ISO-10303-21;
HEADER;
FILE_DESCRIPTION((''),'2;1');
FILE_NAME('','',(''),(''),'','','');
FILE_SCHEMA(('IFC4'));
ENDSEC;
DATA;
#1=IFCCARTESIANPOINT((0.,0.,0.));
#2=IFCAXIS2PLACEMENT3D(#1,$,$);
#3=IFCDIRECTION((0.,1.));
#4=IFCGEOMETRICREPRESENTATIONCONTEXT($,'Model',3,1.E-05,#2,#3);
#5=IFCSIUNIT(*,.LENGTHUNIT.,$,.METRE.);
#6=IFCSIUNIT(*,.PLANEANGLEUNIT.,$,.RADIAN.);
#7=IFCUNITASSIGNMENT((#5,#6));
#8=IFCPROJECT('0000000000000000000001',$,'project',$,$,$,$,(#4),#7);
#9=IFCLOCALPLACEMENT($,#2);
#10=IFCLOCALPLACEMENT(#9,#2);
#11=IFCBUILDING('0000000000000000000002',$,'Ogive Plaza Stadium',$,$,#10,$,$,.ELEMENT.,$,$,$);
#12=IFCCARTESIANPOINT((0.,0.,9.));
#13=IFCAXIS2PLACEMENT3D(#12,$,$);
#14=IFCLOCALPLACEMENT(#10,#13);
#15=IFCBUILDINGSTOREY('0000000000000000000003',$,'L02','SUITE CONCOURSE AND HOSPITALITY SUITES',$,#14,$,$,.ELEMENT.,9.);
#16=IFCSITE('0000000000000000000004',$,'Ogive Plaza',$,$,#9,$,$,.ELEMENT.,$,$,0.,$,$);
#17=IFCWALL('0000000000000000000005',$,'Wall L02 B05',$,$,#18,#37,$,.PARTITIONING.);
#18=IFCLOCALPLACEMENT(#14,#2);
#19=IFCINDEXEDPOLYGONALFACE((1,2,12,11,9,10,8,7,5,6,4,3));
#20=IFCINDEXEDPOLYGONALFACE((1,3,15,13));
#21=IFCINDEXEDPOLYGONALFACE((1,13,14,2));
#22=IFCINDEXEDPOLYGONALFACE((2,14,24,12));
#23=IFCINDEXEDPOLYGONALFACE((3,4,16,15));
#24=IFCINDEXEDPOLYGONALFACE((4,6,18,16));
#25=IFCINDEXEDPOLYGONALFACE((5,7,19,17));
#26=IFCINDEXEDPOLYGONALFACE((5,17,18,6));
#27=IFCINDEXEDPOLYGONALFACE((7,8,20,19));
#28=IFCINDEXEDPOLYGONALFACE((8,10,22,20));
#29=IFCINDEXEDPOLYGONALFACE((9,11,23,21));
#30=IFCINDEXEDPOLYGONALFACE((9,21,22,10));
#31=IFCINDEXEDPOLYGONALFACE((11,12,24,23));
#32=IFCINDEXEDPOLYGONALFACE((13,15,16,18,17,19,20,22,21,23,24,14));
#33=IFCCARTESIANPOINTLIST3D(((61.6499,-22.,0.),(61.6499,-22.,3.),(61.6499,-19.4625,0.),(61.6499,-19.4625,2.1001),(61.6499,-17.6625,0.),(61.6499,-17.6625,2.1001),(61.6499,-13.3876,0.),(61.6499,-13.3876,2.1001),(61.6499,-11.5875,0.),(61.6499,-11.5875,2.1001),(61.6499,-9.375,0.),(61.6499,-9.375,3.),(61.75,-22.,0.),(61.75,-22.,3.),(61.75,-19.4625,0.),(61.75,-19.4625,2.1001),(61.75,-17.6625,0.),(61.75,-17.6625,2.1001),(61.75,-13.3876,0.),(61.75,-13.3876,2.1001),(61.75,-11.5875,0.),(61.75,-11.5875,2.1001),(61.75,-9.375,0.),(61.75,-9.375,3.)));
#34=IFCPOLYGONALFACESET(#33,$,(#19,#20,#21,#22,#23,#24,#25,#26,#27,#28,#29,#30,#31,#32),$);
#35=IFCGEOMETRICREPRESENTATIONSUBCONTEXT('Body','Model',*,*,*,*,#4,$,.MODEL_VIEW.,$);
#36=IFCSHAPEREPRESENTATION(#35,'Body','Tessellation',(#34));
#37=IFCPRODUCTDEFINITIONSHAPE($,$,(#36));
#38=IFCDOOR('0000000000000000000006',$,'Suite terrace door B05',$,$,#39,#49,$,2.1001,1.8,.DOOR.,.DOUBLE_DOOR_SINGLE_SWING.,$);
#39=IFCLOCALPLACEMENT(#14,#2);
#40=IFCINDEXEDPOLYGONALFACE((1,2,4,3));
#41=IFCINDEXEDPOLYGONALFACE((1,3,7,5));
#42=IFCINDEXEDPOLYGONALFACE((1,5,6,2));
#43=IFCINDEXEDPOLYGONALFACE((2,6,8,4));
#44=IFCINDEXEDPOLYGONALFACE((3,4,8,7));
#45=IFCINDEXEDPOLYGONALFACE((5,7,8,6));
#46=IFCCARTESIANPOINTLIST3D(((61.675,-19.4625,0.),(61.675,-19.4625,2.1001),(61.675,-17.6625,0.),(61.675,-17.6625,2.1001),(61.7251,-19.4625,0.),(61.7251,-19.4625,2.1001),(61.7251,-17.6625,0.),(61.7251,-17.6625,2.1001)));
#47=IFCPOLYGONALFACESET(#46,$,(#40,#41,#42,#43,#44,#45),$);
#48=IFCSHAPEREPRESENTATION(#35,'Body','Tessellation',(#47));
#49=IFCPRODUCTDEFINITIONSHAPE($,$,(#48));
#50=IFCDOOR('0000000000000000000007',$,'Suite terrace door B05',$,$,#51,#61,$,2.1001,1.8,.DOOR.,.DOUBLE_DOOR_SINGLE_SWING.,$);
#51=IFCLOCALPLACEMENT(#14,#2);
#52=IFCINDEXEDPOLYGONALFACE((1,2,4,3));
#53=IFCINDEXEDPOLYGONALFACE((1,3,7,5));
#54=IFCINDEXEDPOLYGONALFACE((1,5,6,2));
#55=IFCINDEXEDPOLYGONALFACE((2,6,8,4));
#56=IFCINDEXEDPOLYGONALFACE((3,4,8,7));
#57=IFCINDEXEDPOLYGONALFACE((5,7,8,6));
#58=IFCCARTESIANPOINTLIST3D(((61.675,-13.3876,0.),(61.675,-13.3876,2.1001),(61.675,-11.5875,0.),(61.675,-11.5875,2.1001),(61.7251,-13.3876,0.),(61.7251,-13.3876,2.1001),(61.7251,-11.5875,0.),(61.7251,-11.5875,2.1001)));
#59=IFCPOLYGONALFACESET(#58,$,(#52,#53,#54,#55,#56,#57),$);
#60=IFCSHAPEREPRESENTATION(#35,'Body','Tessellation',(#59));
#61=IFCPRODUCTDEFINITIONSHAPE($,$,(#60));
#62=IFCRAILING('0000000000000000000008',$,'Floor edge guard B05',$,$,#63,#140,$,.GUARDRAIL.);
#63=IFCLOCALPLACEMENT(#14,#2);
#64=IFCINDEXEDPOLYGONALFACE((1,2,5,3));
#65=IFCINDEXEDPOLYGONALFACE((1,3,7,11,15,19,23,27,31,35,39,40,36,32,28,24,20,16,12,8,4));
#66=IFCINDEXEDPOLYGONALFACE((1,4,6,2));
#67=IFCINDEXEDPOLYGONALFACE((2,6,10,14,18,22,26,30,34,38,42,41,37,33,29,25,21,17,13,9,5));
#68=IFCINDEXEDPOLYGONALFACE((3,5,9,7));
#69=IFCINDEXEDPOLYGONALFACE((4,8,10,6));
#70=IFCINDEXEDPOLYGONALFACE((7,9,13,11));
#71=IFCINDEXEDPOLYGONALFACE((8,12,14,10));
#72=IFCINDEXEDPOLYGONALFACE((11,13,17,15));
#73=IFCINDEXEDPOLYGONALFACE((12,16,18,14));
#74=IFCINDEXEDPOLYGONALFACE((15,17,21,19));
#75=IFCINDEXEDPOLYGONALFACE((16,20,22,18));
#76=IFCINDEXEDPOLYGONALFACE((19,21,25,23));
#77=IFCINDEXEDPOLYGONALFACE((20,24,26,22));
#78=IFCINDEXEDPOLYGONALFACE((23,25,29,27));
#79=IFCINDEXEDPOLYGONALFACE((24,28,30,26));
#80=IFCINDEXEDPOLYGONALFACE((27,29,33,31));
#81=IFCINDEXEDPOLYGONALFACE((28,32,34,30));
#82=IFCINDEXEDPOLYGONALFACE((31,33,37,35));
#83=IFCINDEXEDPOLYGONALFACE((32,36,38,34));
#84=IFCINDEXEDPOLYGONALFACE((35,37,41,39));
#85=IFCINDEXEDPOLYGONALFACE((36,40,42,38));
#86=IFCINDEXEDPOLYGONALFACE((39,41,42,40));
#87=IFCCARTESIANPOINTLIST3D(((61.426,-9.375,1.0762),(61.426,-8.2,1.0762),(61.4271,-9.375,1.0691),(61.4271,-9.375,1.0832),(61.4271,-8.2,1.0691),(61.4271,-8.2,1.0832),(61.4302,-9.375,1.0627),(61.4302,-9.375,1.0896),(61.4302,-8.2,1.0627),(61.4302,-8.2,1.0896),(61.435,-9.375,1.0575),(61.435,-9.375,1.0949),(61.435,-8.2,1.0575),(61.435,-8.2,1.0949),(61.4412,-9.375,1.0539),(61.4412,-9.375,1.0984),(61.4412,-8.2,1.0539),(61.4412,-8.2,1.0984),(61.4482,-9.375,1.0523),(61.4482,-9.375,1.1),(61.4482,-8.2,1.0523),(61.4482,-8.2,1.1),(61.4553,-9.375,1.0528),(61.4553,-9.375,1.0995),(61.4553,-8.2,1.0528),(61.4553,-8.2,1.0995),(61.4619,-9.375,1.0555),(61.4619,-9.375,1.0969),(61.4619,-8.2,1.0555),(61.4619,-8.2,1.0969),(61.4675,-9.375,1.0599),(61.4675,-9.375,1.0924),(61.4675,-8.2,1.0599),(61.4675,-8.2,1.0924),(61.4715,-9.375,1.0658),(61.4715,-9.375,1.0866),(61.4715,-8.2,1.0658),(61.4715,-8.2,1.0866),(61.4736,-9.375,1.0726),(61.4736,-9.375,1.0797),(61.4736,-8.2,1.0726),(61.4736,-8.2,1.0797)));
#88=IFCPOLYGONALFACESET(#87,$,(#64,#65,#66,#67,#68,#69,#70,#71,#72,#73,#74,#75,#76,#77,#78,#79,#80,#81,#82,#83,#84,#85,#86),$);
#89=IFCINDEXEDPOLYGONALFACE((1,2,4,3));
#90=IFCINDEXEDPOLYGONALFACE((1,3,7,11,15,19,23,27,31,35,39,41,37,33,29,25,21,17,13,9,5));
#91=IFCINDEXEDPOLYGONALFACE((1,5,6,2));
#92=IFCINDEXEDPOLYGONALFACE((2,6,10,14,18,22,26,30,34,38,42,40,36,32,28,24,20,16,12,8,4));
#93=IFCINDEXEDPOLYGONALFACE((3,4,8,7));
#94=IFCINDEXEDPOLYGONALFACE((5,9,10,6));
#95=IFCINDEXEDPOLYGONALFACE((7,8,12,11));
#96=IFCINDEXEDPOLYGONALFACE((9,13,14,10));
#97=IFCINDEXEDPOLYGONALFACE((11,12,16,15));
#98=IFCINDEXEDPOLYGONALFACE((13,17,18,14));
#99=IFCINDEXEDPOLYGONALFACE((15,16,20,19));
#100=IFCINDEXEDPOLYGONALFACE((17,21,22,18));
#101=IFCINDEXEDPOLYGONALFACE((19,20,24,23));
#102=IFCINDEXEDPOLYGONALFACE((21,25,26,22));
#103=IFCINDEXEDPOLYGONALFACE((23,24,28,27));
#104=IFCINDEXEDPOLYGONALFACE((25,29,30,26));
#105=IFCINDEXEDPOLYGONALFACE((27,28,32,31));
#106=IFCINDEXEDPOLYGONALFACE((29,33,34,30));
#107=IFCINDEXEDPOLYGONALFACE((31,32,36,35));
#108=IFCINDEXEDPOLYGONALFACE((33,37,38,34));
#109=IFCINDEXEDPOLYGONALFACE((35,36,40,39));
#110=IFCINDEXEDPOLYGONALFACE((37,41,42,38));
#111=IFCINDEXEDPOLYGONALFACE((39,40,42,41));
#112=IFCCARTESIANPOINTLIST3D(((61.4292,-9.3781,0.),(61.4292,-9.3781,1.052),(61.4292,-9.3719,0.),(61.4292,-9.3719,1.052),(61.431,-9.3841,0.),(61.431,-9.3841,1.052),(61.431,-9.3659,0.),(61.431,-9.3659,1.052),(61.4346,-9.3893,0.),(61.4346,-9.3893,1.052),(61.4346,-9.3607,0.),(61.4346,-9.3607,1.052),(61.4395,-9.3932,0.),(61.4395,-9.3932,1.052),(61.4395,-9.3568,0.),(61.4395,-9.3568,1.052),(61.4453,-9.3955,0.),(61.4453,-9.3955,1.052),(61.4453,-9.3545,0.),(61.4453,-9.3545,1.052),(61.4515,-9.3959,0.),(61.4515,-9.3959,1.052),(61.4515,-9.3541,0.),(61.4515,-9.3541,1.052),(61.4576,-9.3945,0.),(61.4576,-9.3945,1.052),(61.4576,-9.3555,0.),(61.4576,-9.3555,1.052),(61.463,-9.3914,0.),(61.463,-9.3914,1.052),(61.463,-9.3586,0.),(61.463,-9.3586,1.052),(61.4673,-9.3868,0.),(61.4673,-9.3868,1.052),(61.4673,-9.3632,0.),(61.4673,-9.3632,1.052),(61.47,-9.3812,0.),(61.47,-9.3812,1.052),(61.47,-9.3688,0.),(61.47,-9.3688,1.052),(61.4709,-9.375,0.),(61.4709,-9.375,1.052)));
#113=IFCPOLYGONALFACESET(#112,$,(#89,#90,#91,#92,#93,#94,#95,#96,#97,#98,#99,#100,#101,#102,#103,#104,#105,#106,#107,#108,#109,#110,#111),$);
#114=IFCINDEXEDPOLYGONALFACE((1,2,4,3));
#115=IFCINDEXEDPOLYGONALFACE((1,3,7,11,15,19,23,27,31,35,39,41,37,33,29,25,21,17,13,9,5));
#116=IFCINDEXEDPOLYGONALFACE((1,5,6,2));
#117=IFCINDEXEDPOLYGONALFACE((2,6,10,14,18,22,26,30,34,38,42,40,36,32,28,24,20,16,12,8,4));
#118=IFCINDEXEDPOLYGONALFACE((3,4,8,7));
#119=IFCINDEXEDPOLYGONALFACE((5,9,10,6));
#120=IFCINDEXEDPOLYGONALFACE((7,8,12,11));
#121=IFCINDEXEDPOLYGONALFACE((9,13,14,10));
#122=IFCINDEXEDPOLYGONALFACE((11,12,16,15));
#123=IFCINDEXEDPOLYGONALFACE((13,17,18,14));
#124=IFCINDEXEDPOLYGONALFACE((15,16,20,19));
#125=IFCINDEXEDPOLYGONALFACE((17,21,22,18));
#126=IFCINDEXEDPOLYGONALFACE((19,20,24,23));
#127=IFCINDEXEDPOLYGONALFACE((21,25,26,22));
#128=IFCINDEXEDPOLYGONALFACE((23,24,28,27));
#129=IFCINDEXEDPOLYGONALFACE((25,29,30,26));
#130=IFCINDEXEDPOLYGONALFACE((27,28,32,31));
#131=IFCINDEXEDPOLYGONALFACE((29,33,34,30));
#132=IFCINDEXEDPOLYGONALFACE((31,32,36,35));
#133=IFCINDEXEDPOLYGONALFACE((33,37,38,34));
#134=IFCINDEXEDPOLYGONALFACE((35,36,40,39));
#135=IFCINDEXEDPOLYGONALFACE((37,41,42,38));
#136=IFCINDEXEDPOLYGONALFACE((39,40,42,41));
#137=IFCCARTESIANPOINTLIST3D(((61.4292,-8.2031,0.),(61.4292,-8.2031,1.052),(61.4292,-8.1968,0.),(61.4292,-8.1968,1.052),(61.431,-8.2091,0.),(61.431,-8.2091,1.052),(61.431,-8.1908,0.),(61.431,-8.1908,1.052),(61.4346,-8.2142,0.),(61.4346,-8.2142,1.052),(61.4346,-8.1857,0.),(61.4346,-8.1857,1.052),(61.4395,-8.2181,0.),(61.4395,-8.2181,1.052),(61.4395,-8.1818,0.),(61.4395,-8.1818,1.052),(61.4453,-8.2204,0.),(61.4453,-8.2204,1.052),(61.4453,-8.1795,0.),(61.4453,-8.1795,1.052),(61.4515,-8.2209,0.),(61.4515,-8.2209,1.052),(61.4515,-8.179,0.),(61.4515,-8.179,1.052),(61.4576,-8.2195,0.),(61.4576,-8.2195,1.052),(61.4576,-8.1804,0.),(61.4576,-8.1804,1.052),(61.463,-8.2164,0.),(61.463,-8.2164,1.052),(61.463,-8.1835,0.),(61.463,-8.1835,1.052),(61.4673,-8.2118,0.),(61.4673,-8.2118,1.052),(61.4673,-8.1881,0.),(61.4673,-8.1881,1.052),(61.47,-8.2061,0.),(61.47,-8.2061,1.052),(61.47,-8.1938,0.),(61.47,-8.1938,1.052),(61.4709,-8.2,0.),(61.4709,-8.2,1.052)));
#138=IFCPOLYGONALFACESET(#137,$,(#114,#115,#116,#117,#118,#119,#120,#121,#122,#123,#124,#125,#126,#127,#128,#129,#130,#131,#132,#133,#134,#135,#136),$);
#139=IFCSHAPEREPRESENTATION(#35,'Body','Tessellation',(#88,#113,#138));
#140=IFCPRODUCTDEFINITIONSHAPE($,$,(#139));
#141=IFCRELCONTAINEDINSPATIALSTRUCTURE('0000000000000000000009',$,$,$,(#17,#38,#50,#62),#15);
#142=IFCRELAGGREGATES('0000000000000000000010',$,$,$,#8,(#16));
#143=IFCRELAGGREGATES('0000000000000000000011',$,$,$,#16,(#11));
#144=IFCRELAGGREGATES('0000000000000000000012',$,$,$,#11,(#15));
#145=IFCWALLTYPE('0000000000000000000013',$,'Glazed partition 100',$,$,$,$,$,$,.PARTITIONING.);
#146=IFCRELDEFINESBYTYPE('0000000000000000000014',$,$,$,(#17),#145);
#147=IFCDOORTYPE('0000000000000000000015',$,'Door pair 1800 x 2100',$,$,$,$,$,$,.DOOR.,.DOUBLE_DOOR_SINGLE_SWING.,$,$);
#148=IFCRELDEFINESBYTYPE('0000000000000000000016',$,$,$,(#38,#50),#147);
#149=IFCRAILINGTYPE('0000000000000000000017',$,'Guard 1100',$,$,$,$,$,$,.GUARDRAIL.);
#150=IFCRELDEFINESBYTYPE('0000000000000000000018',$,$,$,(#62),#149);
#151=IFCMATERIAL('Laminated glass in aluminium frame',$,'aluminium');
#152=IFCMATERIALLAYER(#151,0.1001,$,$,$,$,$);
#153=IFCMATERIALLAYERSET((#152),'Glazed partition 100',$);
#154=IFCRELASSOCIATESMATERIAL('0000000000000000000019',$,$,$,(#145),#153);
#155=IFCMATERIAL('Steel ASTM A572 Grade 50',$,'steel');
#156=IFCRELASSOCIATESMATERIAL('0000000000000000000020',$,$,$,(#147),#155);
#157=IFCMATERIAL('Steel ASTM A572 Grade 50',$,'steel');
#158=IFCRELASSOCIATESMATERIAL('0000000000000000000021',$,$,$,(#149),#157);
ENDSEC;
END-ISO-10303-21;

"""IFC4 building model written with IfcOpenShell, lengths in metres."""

from ifc_helpers import new_model, si_unit, direction, frame, frame_2d, origin, origin_2d, place, context, subcontext, project, spatial, rectangle, circle, extrude, material, layer, layer_set, type_object, element, fill, save


model = new_model("IFC4")

# Units and contexts
model_context = context("Model", 3, precision=1e-05, world=origin(), true_north=direction((0.0, 1.0)))
body_context = subcontext(model_context, "Body", "Model", "MODEL_VIEW")
ifc_project = project(units=[si_unit("LENGTHUNIT", "METRE"), si_unit("PLANEANGLEUNIT", "RADIAN")], contexts=[model_context])

# Site, building, storey
site_placement = place(None, origin())
site = spatial("IfcSite", under=ifc_project, at=site_placement, Name="Ogive Plaza", CompositionType="ELEMENT", RefElevation=0.0)
building_placement = place(site_placement, origin())
building = spatial("IfcBuilding", under=site, at=building_placement, Name="Ogive Plaza Stadium", CompositionType="ELEMENT")
storey_placement = place(building_placement, frame((0.0, 0.0, 9.0)))
storey = spatial("IfcBuildingStorey", under=building, at=storey_placement, Name="L02", Description="SUITE CONCOURSE AND HOSPITALITY SUITES", CompositionType="ELEMENT", Elevation=9.0)

# Wall, openings, doors
ifc_material_1 = material(Name="Laminated glass in aluminium frame", Category="aluminium")
ifc_layer_1 = layer(ifc_material_1, 0.1001)
ifc_layer_set_1 = layer_set([ifc_layer_1], Name="Glazed partition 100")
wall_type_1 = type_object("IfcWallType", Name="Glazed partition 100", PredefinedType="PARTITIONING", material=ifc_layer_set_1)
wall_1_placement = place(storey_placement, frame((61.7, -22.0, 0.0), z_axis=(0.0, 0.0, 1.0), x_axis=(0.0, 1.0, 0.0)))
wall_1 = element("IfcWall", 1, at=wall_1_placement, inside=storey, type_object=wall_type_1, Name="Wall L02 B05", PredefinedType="PARTITIONING", context=body_context, shape_type="SweptSolid", body=[
    extrude(rectangle(XDim=12.625, YDim=0.1001, at=frame_2d((6.3125, 0.0))), origin(), (0.0, 0.0, 1.0), 3.0),
])
opening_1_placement = place(wall_1_placement, frame((2.5376, 0.0, 0.0)))
opening_1 = element("IfcOpeningElement", 2, at=opening_1_placement, cuts=wall_1, PredefinedType="OPENING", context=body_context, shape_type="SweptSolid", body=[
    extrude(rectangle(XDim=1.8, YDim=2.1001, at=frame_2d((0.8999, 1.05))), frame((0.0, 0.05, 0.0), z_axis=(0.0, -1.0, 0.0), x_axis=(1.0, 0.0, 0.0)), (0.0, 0.0, 1.0), 0.1001),
])
opening_2_placement = place(wall_1_placement, frame((8.6125, 0.0, 0.0)))
opening_2 = element("IfcOpeningElement", 3, at=opening_2_placement, cuts=wall_1, PredefinedType="OPENING", context=body_context, shape_type="SweptSolid", body=[
    extrude(rectangle(XDim=1.8, YDim=2.1001, at=frame_2d((0.8999, 1.05))), frame((0.0, 0.05, 0.0), z_axis=(0.0, -1.0, 0.0), x_axis=(1.0, 0.0, 0.0)), (0.0, 0.0, 1.0), 0.1001),
])
ifc_material_2 = material(Name="Steel ASTM A572 Grade 50", Category="steel")
door_type = type_object("IfcDoorType", Name="Door pair 1800 x 2100", OperationType="DOUBLE_DOOR_SINGLE_SWING", PredefinedType="DOOR", material=ifc_material_2)
door_1_placement = place(opening_1_placement, origin())
door_1 = element("IfcDoor", 4, at=door_1_placement, inside=storey, type_object=door_type, Name="Suite terrace door B05", OperationType="DOUBLE_DOOR_SINGLE_SWING", OverallHeight=2.1001, OverallWidth=1.8, PredefinedType="DOOR", context=body_context, shape_type="SweptSolid", body=[
    extrude(rectangle(XDim=1.8, YDim=2.1001, at=frame_2d((0.8999, 1.05))), frame((0.0, 0.0249, 0.0), z_axis=(0.0, -1.0, 0.0), x_axis=(1.0, 0.0, 0.0)), (0.0, 0.0, 1.0), 0.05),
])
fill(opening_1, door_1)
door_2_placement = place(opening_2_placement, origin())
door_2 = element("IfcDoor", 5, at=door_2_placement, inside=storey, type_object=door_type, Name="Suite terrace door B05", OperationType="DOUBLE_DOOR_SINGLE_SWING", OverallHeight=2.1001, OverallWidth=1.8, PredefinedType="DOOR", context=body_context, shape_type="SweptSolid", body=[
    extrude(rectangle(XDim=1.8, YDim=2.1001, at=frame_2d((0.8999, 1.05))), frame((0.0, 0.0249, 0.0), z_axis=(0.0, -1.0, 0.0), x_axis=(1.0, 0.0, 0.0)), (0.0, 0.0, 1.0), 0.05),
])
fill(opening_2, door_2)

# Railing
ifc_material_3 = material(Name="Steel ASTM A572 Grade 50", Category="steel")
railing_type = type_object("IfcRailingType", Name="Guard 1100", PredefinedType="GUARDRAIL", material=ifc_material_3)
railing_1_placement = place(storey_placement, frame((61.45, -9.375, 0.0)))
element("IfcRailing", 6, at=railing_1_placement, inside=storey, type_object=railing_type, Name="Floor edge guard B05", PredefinedType="GUARDRAIL", context=body_context, shape_type="SweptSolid", body=[
    extrude(circle(Radius=0.0239, at=origin_2d()), frame((0.0, 0.0, 1.0762), z_axis=(0.0, 1.0, 0.0), x_axis=(-1.0, 0.0, 0.0)), (0.0, 0.0, 1.0), 1.175),
    extrude(circle(Radius=0.021, at=origin_2d()), origin(), (0.0, 0.0, 1.0), 1.052),
    extrude(circle(Radius=0.021, at=origin_2d()), frame((0.0, 1.175, 0.0)), (0.0, 0.0, 1.0), 1.052),
])

save(model, "model.ifc")
